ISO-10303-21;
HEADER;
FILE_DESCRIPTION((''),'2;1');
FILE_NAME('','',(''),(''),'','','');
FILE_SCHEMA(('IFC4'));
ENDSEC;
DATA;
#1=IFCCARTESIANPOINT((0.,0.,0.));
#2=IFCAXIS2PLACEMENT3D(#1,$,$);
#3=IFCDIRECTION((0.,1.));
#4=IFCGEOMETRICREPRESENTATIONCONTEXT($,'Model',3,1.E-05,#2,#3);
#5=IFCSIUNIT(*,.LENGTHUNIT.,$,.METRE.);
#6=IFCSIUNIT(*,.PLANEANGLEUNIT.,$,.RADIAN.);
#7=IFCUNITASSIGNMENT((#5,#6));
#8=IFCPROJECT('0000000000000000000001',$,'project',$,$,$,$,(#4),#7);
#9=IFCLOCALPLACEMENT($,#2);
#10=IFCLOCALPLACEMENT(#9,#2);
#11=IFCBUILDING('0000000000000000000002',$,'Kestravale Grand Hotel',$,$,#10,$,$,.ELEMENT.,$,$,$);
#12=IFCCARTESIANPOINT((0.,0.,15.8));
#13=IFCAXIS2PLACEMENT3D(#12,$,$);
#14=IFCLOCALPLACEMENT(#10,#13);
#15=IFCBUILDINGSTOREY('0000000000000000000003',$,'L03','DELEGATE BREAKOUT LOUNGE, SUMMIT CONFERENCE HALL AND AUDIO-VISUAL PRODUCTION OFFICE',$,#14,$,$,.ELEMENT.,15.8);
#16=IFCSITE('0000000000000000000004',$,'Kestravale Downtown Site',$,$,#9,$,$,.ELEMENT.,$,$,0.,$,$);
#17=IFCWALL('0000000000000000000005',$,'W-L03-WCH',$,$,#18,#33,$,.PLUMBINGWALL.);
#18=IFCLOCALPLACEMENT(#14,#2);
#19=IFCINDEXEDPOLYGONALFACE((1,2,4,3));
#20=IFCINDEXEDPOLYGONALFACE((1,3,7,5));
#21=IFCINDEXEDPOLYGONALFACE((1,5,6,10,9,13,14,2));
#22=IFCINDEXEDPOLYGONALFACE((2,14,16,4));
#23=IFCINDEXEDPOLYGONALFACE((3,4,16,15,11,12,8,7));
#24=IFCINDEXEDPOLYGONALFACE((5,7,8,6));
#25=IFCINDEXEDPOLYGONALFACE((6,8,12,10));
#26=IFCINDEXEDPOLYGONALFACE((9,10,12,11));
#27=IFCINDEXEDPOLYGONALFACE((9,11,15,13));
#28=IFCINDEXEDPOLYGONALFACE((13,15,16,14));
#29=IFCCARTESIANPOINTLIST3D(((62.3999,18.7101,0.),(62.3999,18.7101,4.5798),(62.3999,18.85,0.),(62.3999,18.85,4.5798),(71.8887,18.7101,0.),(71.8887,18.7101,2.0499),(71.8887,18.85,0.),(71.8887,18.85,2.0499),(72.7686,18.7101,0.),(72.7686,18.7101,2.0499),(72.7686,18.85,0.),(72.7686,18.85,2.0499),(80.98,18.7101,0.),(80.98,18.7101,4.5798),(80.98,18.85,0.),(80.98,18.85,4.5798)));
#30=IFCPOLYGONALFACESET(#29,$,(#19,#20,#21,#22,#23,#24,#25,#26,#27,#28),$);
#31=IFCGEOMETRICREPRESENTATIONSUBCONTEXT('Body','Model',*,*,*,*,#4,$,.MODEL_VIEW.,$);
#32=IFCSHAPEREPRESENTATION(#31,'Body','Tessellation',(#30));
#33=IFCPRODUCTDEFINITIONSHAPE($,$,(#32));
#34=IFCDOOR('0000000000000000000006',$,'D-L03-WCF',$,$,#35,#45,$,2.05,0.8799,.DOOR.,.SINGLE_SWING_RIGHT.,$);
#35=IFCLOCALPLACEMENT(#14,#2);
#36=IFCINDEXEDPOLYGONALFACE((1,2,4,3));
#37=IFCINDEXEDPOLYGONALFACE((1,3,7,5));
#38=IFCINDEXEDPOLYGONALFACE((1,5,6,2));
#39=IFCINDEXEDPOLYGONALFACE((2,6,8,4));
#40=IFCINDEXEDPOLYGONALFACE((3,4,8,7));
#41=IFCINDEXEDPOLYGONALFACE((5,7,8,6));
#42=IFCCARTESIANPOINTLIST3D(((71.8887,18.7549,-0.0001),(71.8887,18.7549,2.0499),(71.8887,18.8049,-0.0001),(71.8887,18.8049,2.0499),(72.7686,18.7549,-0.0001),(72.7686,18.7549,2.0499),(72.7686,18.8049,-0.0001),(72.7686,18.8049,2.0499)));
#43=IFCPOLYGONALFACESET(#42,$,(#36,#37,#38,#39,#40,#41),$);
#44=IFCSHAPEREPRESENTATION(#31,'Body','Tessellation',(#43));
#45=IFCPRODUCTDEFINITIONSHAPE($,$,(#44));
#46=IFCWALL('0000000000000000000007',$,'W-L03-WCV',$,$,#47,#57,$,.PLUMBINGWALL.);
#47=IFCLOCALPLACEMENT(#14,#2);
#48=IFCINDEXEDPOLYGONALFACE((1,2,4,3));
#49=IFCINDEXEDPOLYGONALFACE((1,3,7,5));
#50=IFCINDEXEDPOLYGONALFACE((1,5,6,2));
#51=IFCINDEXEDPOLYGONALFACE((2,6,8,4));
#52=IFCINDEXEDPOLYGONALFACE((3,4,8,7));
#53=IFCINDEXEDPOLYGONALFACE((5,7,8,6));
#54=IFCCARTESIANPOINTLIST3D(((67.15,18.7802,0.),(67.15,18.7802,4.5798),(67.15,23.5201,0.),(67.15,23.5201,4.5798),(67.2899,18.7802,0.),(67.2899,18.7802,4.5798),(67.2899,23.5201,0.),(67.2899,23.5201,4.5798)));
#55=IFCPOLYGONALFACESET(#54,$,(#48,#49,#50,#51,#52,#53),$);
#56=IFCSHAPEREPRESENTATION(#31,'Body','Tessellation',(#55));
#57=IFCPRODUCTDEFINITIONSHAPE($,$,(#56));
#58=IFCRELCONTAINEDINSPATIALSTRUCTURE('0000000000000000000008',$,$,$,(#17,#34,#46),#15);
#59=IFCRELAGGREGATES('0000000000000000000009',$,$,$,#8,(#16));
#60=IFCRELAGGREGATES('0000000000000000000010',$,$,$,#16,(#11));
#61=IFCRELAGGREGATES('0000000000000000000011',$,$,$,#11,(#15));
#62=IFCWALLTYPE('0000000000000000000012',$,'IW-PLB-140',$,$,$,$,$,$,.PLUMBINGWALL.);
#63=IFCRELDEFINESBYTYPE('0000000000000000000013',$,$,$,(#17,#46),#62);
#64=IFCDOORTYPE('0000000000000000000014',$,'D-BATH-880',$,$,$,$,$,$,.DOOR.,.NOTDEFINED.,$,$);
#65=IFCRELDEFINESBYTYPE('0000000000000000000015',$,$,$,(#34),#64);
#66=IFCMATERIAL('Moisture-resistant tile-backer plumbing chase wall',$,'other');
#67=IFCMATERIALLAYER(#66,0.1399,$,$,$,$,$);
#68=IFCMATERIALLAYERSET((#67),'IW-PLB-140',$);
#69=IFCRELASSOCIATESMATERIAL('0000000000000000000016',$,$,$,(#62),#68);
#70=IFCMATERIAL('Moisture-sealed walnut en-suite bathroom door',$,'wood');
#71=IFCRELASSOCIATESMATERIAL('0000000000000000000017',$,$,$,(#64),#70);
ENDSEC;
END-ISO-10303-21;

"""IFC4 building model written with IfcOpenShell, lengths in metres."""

from ifc_helpers import new_model, si_unit, direction, frame, frame_2d, origin, place, context, subcontext, project, spatial, rectangle, extrude, material, layer, layer_set, type_object, element, fill, save


model = new_model("IFC4")

# Units and contexts
model_context = context("Model", 3, precision=1e-05, world=origin(), true_north=direction((0.0, 1.0)))
body_context = subcontext(model_context, "Body", "Model", "MODEL_VIEW")
ifc_project = project(units=[si_unit("LENGTHUNIT", "METRE"), si_unit("PLANEANGLEUNIT", "RADIAN")], contexts=[model_context])

# Site, building, storey
site_placement = place(None, origin())
site = spatial("IfcSite", under=ifc_project, at=site_placement, Name="Kestravale Downtown Site", CompositionType="ELEMENT", RefElevation=0.0)
building_placement = place(site_placement, origin())
building = spatial("IfcBuilding", under=site, at=building_placement, Name="Kestravale Grand Hotel", CompositionType="ELEMENT")
storey_placement = place(building_placement, frame((0.0, 0.0, 15.8)))
storey = spatial("IfcBuildingStorey", under=building, at=storey_placement, Name="L03", Description="DELEGATE BREAKOUT LOUNGE, SUMMIT CONFERENCE HALL AND AUDIO-VISUAL PRODUCTION OFFICE", CompositionType="ELEMENT", Elevation=15.8)

# Wall, opening, door
ifc_material_1 = material(Name="Moisture-resistant tile-backer plumbing chase wall", Category="other")
ifc_layer = layer(ifc_material_1, 0.1399)
ifc_layer_set = layer_set([ifc_layer], Name="IW-PLB-140")
wall_type = type_object("IfcWallType", Name="IW-PLB-140", PredefinedType="PLUMBINGWALL", material=ifc_layer_set)
wall_1_placement = place(storey_placement, frame((62.3999, 18.78, 0.0), z_axis=(0.0, 0.0, 1.0), x_axis=(1.0, 0.0, 0.0)))
wall_1 = element("IfcWall", 1, at=wall_1_placement, inside=storey, type_object=wall_type, Name="W-L03-WCH", PredefinedType="PLUMBINGWALL", context=body_context, shape_type="SweptSolid", body=[
    extrude(rectangle(XDim=18.5801, YDim=0.1399, at=frame_2d((9.29, 0.0))), origin(), (0.0, 0.0, 1.0), 4.5798),
])
opening_placement = place(wall_1_placement, frame((9.4888, 0.0, 0.0)))
opening = element("IfcOpeningElement", 2, at=opening_placement, cuts=wall_1, PredefinedType="OPENING", context=body_context, shape_type="SweptSolid", body=[
    extrude(rectangle(XDim=0.8799, YDim=2.05, at=frame_2d((0.4399, 1.0249))), frame((0.0, 0.0798, 0.0), z_axis=(0.0, -1.0, 0.0), x_axis=(1.0, 0.0, 0.0)), (0.0, 0.0, 1.0), 0.1599),
])
ifc_material_2 = material(Name="Moisture-sealed walnut en-suite bathroom door", Category="wood")
door_type = type_object("IfcDoorType", Name="D-BATH-880", OperationType="NOTDEFINED", PredefinedType="DOOR", material=ifc_material_2)
door_placement = place(opening_placement, origin())
door = element("IfcDoor", 3, at=door_placement, inside=storey, type_object=door_type, Name="D-L03-WCF", OperationType="SINGLE_SWING_RIGHT", OverallHeight=2.05, OverallWidth=0.8799, PredefinedType="DOOR", context=body_context, shape_type="SweptSolid", body=[
    extrude(rectangle(XDim=0.8799, YDim=2.05, at=frame_2d((0.4399, 1.0249))), frame((0.0, 0.0249, 0.0), z_axis=(0.0, -1.0, 0.0), x_axis=(1.0, 0.0, 0.0)), (0.0, 0.0, 1.0), 0.05),
])
fill(opening, door)

# Wall
wall_2_placement = place(storey_placement, frame((67.22, 18.78, 0.0), z_axis=(0.0, 0.0, 1.0), x_axis=(0.0, 1.0, 0.0)))
element("IfcWall", 4, at=wall_2_placement, inside=storey, type_object=wall_type, Name="W-L03-WCV", PredefinedType="PLUMBINGWALL", context=body_context, shape_type="SweptSolid", body=[
    extrude(rectangle(XDim=4.74, YDim=0.1399, at=frame_2d((2.3701, 0.0))), origin(), (0.0, 0.0, 1.0), 4.5798),
])

save(model, "model.ifc")
